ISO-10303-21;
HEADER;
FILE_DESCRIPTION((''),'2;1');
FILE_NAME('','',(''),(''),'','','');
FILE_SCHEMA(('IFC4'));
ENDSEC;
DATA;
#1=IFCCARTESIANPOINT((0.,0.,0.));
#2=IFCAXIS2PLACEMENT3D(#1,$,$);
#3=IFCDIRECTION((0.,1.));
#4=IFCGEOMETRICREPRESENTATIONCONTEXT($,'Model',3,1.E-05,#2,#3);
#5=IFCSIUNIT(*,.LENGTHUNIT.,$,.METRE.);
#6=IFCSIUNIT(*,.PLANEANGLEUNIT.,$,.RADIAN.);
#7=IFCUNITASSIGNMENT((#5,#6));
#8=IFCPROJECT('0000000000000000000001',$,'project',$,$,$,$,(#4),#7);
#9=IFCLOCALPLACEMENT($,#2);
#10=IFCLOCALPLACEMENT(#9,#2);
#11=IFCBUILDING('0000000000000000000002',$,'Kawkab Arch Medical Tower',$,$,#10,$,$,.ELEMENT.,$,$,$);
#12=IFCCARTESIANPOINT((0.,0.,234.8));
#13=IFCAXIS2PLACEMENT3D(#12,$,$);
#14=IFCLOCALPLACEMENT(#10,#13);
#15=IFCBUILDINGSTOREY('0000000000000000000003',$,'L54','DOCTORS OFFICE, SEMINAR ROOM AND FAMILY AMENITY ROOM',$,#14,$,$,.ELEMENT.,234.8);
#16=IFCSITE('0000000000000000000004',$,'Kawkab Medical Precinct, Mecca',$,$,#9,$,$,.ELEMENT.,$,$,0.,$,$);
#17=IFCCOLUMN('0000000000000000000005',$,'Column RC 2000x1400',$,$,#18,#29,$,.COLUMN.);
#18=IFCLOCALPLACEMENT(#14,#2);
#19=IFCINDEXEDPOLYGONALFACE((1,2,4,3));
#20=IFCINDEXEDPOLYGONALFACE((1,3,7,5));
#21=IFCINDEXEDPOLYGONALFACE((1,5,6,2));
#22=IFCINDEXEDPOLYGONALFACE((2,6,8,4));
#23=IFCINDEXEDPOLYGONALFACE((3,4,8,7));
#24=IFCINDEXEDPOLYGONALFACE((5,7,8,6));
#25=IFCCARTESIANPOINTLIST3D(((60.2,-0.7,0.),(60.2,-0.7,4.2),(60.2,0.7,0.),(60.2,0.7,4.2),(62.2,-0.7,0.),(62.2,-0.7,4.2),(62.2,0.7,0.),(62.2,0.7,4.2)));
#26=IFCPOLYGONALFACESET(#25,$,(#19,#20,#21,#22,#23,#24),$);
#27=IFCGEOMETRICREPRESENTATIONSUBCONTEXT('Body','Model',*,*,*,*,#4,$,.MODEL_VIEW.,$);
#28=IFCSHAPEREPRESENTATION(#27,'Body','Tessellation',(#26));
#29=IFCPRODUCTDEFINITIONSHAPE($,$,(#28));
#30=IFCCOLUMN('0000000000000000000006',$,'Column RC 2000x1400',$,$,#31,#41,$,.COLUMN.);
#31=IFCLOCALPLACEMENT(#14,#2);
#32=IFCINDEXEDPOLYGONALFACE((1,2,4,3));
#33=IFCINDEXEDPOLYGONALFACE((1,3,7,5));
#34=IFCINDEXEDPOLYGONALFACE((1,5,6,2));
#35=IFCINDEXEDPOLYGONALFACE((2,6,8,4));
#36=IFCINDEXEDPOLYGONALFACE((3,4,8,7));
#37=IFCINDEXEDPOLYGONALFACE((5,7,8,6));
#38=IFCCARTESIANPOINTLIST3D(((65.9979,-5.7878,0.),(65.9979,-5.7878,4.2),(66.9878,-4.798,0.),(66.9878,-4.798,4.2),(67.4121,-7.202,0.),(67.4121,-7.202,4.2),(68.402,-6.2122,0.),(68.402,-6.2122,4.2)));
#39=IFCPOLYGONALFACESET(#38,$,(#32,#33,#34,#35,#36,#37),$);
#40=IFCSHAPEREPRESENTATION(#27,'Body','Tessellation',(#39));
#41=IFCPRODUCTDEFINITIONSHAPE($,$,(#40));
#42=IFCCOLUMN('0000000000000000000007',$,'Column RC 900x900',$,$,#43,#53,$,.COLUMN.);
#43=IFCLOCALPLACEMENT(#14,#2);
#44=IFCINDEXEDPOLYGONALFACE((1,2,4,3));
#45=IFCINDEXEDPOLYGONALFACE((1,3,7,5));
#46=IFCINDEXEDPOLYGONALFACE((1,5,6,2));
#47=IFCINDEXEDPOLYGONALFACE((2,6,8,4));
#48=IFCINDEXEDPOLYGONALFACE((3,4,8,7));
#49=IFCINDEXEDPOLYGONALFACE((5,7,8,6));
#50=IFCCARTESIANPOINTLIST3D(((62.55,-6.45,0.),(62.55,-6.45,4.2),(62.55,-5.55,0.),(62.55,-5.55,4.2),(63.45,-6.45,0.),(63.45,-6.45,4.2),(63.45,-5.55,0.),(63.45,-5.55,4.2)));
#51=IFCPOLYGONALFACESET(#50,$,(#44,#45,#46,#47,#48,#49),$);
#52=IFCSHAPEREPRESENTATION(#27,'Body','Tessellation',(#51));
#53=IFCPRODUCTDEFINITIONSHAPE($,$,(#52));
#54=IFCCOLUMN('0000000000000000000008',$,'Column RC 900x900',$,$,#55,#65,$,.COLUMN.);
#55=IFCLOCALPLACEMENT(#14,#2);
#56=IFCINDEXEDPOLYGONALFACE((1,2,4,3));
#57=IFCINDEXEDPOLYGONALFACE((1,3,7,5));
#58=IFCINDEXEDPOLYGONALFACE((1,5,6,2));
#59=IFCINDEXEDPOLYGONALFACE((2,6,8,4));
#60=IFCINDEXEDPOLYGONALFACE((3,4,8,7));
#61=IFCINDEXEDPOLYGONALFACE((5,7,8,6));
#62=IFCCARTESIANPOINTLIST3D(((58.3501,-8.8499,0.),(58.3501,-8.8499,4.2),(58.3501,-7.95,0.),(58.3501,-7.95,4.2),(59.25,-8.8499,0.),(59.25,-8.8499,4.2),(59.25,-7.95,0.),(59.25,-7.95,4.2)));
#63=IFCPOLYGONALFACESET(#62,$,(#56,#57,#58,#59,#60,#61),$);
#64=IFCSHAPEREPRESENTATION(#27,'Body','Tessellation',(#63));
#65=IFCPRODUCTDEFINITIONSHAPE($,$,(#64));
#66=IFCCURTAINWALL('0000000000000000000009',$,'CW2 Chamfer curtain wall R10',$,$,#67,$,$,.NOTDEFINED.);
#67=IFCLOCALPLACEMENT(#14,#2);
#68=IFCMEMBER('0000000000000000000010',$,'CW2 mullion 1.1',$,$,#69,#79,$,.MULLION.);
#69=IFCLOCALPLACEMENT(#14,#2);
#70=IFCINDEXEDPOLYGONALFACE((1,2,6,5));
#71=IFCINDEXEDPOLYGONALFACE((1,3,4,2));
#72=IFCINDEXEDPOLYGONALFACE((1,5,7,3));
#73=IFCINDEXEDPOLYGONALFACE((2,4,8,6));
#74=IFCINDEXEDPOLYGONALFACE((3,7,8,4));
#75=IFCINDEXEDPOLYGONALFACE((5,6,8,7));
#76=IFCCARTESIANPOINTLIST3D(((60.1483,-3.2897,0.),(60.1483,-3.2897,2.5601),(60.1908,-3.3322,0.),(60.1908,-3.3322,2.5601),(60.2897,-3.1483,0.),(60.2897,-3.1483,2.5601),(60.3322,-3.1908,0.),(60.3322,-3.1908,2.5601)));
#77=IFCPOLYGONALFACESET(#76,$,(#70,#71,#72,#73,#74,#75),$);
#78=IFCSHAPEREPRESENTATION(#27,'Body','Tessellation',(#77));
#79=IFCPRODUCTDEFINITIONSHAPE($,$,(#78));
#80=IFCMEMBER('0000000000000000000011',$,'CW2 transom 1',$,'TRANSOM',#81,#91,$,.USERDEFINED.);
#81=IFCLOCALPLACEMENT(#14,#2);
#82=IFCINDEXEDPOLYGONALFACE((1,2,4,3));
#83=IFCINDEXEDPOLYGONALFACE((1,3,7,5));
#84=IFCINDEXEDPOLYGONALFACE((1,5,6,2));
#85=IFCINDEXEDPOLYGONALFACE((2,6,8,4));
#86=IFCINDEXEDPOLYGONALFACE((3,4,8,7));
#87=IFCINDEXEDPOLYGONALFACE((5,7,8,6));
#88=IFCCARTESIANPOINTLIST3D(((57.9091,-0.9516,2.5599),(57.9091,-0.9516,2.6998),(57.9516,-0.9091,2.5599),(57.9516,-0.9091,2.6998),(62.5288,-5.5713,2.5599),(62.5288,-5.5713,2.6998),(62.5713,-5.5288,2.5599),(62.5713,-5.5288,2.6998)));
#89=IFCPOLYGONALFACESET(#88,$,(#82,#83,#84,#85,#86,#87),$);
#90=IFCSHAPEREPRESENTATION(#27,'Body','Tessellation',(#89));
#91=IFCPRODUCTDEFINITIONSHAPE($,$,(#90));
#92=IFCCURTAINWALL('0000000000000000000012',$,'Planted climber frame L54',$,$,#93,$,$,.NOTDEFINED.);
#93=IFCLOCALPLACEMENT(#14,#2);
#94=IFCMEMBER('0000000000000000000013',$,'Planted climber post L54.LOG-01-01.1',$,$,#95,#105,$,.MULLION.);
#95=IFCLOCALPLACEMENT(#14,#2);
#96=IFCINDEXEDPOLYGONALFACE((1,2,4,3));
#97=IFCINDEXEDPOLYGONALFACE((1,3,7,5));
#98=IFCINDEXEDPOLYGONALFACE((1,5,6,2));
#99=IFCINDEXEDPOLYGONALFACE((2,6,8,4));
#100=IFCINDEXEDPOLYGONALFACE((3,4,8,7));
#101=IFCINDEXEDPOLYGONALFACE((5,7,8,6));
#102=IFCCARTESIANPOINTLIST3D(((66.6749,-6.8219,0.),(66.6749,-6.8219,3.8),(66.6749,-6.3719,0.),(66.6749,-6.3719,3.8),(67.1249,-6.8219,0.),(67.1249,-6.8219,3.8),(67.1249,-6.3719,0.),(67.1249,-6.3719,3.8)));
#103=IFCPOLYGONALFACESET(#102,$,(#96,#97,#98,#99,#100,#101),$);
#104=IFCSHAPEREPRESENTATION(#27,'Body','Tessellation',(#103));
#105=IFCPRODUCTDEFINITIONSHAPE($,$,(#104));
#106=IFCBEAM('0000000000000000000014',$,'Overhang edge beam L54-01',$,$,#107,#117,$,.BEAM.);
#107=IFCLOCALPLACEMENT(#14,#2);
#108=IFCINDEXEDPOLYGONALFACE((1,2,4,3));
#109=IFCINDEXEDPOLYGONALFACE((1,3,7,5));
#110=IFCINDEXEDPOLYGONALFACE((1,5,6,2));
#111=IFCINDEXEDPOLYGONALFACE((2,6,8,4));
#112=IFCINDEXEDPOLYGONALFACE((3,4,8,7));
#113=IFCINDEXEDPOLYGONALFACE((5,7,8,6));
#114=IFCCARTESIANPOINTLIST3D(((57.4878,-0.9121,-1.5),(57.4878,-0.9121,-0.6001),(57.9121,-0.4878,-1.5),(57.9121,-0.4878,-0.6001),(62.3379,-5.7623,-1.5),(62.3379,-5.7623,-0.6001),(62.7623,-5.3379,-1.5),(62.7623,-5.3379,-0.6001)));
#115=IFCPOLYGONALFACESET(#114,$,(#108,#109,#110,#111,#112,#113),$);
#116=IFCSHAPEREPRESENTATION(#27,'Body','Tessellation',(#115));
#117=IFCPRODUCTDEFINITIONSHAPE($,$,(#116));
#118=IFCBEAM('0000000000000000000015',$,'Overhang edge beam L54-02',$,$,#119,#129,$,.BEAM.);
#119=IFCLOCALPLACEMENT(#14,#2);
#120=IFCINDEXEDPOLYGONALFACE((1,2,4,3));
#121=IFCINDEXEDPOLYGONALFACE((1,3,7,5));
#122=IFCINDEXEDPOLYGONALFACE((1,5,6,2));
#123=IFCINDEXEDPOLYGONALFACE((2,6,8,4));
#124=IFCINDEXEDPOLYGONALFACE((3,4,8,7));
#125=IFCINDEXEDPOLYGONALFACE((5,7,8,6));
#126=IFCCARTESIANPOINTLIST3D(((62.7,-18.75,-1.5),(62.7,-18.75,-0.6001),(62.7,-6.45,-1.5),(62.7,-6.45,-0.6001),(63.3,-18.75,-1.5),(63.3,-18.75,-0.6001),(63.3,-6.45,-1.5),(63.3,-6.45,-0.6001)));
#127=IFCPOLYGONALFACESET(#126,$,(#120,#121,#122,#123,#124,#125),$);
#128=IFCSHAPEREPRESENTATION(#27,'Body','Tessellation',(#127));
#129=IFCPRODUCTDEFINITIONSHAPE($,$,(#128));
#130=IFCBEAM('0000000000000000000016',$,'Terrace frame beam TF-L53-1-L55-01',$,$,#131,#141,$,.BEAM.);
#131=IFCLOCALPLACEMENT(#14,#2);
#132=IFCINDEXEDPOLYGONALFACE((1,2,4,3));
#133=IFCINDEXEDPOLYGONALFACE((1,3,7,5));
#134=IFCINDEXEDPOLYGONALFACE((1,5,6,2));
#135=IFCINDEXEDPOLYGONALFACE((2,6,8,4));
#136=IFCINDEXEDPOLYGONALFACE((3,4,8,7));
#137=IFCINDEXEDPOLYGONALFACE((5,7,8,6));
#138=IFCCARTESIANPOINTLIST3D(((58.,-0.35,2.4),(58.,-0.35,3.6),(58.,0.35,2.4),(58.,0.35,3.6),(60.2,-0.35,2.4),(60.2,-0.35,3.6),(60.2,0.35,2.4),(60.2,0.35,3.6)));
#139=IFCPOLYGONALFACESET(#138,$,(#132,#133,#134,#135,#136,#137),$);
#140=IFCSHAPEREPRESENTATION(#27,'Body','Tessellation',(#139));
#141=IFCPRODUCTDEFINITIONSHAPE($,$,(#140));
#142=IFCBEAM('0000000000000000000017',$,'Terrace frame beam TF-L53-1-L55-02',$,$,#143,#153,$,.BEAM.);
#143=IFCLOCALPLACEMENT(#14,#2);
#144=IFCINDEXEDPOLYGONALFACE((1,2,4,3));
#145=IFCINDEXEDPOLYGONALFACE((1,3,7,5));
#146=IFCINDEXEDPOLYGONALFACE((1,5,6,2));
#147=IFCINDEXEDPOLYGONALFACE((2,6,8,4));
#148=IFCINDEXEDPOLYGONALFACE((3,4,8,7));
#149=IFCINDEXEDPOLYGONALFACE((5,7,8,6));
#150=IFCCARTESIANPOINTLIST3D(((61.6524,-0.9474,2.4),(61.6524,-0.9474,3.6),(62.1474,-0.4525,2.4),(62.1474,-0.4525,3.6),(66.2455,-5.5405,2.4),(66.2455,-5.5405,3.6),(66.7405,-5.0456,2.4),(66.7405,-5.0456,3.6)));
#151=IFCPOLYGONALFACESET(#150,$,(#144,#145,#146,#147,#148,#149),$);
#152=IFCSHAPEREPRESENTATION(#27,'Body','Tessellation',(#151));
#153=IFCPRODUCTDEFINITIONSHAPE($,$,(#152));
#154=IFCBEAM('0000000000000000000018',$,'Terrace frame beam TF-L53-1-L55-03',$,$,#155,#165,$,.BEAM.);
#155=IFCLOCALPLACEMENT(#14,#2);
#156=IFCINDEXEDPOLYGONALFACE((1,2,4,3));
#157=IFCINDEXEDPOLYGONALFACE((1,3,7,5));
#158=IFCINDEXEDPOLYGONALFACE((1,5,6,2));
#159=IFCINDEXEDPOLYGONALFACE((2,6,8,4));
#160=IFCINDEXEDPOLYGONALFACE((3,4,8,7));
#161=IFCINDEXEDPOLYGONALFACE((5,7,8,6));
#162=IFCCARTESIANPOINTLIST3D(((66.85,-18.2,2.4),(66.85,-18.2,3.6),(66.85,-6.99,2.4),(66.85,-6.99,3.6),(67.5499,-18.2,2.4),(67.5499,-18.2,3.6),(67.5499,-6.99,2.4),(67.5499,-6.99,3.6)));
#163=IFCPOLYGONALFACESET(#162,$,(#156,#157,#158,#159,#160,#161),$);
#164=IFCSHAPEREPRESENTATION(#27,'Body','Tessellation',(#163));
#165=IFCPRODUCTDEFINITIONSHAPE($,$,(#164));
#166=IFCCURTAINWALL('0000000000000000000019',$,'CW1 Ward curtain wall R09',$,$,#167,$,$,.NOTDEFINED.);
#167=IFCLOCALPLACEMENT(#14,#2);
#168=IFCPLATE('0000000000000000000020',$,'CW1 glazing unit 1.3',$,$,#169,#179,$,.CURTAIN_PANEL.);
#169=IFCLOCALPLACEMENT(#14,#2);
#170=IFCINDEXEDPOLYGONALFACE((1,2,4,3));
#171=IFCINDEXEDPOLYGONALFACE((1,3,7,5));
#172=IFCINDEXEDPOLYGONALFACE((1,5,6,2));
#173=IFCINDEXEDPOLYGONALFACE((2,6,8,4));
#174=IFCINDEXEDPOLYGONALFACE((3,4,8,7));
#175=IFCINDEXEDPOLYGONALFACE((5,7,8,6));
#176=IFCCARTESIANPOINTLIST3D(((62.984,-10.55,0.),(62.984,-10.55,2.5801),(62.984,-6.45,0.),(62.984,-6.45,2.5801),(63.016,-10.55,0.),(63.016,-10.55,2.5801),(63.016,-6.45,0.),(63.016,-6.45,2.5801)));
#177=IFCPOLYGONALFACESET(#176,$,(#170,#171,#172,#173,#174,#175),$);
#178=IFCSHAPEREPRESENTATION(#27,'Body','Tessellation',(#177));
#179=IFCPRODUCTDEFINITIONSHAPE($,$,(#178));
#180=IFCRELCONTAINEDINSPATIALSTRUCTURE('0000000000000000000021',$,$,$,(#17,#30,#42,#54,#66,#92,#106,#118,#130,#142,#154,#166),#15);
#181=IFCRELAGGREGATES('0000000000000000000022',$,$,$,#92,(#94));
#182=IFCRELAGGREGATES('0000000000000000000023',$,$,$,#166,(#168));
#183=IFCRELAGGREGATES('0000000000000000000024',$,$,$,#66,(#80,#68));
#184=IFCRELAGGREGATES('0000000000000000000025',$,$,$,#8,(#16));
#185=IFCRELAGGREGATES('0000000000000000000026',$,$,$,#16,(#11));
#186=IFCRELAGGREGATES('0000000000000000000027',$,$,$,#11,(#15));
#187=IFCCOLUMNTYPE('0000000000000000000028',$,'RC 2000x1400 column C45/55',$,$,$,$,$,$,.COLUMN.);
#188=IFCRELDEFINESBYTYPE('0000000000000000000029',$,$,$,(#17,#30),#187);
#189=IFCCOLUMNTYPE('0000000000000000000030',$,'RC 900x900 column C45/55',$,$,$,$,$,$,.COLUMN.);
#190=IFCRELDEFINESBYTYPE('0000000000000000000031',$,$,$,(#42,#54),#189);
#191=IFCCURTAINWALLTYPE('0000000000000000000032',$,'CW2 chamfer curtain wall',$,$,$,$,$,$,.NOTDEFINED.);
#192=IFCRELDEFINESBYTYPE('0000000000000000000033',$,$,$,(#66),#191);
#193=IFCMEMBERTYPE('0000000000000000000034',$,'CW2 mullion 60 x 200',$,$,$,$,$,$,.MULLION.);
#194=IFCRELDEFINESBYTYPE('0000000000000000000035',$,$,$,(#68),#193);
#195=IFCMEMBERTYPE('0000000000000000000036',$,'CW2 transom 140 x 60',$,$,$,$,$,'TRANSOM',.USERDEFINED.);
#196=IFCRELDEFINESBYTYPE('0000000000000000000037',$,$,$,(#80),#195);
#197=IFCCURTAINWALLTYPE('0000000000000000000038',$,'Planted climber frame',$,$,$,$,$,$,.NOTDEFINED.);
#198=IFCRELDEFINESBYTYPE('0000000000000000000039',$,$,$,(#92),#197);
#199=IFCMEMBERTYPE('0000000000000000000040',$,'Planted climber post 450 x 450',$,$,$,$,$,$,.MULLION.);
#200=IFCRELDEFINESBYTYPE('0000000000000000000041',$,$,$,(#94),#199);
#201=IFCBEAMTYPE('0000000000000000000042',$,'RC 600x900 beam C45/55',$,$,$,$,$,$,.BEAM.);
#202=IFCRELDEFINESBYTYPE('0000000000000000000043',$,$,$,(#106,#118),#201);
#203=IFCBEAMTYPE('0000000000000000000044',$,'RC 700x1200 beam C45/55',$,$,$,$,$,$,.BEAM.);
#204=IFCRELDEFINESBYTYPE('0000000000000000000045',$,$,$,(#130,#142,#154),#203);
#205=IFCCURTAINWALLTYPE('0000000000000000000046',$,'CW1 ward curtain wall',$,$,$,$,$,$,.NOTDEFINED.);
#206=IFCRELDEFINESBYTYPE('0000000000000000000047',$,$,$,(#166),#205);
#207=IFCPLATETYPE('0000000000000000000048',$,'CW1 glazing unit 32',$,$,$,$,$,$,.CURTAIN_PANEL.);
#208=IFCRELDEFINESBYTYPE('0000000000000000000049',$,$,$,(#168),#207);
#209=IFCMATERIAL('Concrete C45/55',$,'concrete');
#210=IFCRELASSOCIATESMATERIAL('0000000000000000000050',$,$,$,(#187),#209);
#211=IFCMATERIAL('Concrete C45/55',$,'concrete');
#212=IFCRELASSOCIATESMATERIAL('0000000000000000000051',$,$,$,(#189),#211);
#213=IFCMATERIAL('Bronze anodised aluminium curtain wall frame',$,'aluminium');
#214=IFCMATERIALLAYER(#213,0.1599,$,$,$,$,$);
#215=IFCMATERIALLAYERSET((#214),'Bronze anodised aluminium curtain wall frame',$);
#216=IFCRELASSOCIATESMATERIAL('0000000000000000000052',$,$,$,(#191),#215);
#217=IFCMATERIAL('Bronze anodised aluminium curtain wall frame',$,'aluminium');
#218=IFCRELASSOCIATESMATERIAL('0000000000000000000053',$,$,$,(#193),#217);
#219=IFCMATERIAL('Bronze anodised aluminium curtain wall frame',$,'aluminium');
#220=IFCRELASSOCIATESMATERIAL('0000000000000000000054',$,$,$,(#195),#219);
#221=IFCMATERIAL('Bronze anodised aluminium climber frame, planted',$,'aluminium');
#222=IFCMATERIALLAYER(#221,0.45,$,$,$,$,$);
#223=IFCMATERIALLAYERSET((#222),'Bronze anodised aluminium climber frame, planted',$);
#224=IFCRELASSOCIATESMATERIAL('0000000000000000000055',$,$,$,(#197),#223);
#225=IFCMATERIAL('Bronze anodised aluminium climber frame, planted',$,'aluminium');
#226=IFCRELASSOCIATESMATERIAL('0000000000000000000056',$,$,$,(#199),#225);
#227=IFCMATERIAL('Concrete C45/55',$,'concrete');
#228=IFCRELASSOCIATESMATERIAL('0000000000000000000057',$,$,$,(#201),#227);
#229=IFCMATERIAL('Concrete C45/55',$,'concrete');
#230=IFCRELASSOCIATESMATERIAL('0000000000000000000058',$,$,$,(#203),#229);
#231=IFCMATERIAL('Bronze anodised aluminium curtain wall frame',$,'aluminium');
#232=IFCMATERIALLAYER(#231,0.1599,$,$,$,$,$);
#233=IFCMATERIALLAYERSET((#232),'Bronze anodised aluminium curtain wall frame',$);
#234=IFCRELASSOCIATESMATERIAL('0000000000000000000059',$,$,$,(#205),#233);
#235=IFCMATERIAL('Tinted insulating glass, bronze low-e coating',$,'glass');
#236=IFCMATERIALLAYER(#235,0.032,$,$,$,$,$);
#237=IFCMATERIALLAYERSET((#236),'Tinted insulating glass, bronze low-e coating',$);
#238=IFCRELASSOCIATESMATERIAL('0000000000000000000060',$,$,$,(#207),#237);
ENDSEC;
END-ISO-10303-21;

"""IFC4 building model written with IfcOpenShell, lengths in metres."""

from ifc_helpers import new_model, si_unit, direction, frame, origin, origin_2d, place, context, subcontext, project, spatial, rectangle, extrude, material, layer, layer_set, material_profile, profile_set, type_object, element, aggregate, save


model = new_model("IFC4")

# Units and contexts
model_context = context("Model", 3, precision=1e-05, world=origin(), true_north=direction((0.0, 1.0)))
body_context = subcontext(model_context, "Body", "Model", "MODEL_VIEW")
ifc_project = project(units=[si_unit("LENGTHUNIT", "METRE"), si_unit("PLANEANGLEUNIT", "RADIAN")], contexts=[model_context])

# Site, building, storey
site_placement = place(None, origin())
site = spatial("IfcSite", under=ifc_project, at=site_placement, Name="Kawkab Medical Precinct, Mecca", CompositionType="ELEMENT", RefElevation=0.0)
building_placement = place(site_placement, origin())
building = spatial("IfcBuilding", under=site, at=building_placement, Name="Kawkab Arch Medical Tower", CompositionType="ELEMENT")
storey_placement = place(building_placement, frame((0.0, 0.0, 234.8)))
storey = spatial("IfcBuildingStorey", under=building, at=storey_placement, Name="L54", Description="DOCTORS OFFICE, SEMINAR ROOM AND FAMILY AMENITY ROOM", CompositionType="ELEMENT", Elevation=234.8)

# Columns
ifc_material_1 = material(Name="Concrete C45/55", Category="concrete")
ifc_material_profile_1 = material_profile(ifc_material_1, rectangle(XDim=2.0, YDim=1.3999, at=origin_2d()), Name="RC 2000x1400")
ifc_profile_set_1 = profile_set([ifc_material_profile_1], Name="Concrete C45/55")
column_type_1 = type_object("IfcColumnType", Name="RC 2000x1400 column C45/55", PredefinedType="COLUMN", material=ifc_profile_set_1)
for number, where, z_axis, x_axis, name in (
    (1, (61.2, 0.0, 0.0), (0.0, 0.0, 1.0), (1.0, 0.0, 0.0), "Column RC 2000x1400"),
    (2, (67.2, -6.0, 0.0), (0.0, 0.0, 1.0), (0.707107, -0.707107, 0.0), "Column RC 2000x1400"),
):
    element("IfcColumn", number, at=place(storey_placement, frame(where, z_axis=z_axis, x_axis=x_axis)), inside=storey, type_object=column_type_1, Name=name, PredefinedType="COLUMN", context=body_context, shape_type="SweptSolid", body=[
        extrude(rectangle(XDim=2.0, YDim=1.3999, at=origin_2d()), origin(), (0.0, 0.0, 1.0), 4.2),
    ])
ifc_material_2 = material(Name="Concrete C45/55", Category="concrete")
ifc_material_profile_2 = material_profile(ifc_material_2, rectangle(XDim=0.8999, YDim=0.8999, at=origin_2d()), Name="RC 900x900")
ifc_profile_set_2 = profile_set([ifc_material_profile_2], Name="Concrete C45/55")
column_type_2 = type_object("IfcColumnType", Name="RC 900x900 column C45/55", PredefinedType="COLUMN", material=ifc_profile_set_2)
for number, where, z_axis, x_axis, name in (
    (3, (63.0, -6.0, 0.0), (0.0, 0.0, 1.0), (1.0, 0.0, 0.0), "Column RC 900x900"),
    (4, (58.8, -8.3999, 0.0), (0.0, 0.0, 1.0), (1.0, 0.0, 0.0), "Column RC 900x900"),
):
    element("IfcColumn", number, at=place(storey_placement, frame(where, z_axis=z_axis, x_axis=x_axis)), inside=storey, type_object=column_type_2, Name=name, PredefinedType="COLUMN", context=body_context, shape_type="SweptSolid", body=[
        extrude(rectangle(XDim=0.8999, YDim=0.8999, at=origin_2d()), origin(), (0.0, 0.0, 1.0), 4.2),
    ])

# Curtain wall, members
ifc_material_3 = material(Name="Bronze anodised aluminium curtain wall frame", Category="aluminium")
ifc_layer_1 = layer(ifc_material_3, 0.1599)
ifc_layer_set_1 = layer_set([ifc_layer_1], Name="Bronze anodised aluminium curtain wall frame")
curtain_wall_type_1 = type_object("IfcCurtainWallType", Name="CW2 chamfer curtain wall", PredefinedType="NOTDEFINED", material=ifc_layer_set_1)
placement = place(storey_placement, origin())
curtain_wall_1 = element("IfcCurtainWall", 5, at=placement, inside=storey, type_object=curtain_wall_type_1, Name="CW2 Chamfer curtain wall R10", PredefinedType="NOTDEFINED")
ifc_material_4 = material(Name="Bronze anodised aluminium curtain wall frame", Category="aluminium")
ifc_material_profile_3 = material_profile(ifc_material_4, rectangle(XDim=0.2, YDim=0.0601, at=origin_2d()), Name="AL 60x200")
ifc_profile_set_3 = profile_set([ifc_material_profile_3], Name="Bronze anodised aluminium curtain wall frame")
member_type_1 = type_object("IfcMemberType", Name="CW2 mullion 60 x 200", PredefinedType="MULLION", material=ifc_profile_set_3)
member_1_placement = place(storey_placement, frame((60.2402, -3.2402, 0.0), z_axis=(0.0, 0.0, 1.0), x_axis=(-0.707107, -0.707107, 0.0)))
member_1 = element("IfcMember", 6, at=member_1_placement, type_object=member_type_1, Name="CW2 mullion 1.1", PredefinedType="MULLION", context=body_context, shape_type="SweptSolid", body=[
    extrude(rectangle(XDim=0.2, YDim=0.0601, at=origin_2d()), origin(), (0.0, 0.0, 1.0), 2.5601),
])
ifc_material_5 = material(Name="Bronze anodised aluminium curtain wall frame", Category="aluminium")
ifc_material_profile_4 = material_profile(ifc_material_5, rectangle(XDim=0.0601, YDim=0.1399, at=origin_2d()), Name="AL 60x140")
ifc_profile_set_4 = profile_set([ifc_material_profile_4], Name="Bronze anodised aluminium curtain wall frame")
member_type_2 = type_object("IfcMemberType", Name="CW2 transom 140 x 60", ElementType="TRANSOM", PredefinedType="USERDEFINED", material=ifc_profile_set_4)
member_2_placement = place(storey_placement, frame((62.55, -5.55, 2.6299), z_axis=(-0.707107, 0.707107, 0.0), x_axis=(-0.707107, -0.707107, 0.0)))
member_2 = element("IfcMember", 7, at=member_2_placement, type_object=member_type_2, Name="CW2 transom 1", ObjectType="TRANSOM", PredefinedType="USERDEFINED", context=body_context, shape_type="SweptSolid", body=[
    extrude(rectangle(XDim=0.0601, YDim=0.1399, at=origin_2d()), origin(), (0.0, 0.0, 1.0), 6.5332),
])

# Curtain wall, member
ifc_material_6 = material(Name="Bronze anodised aluminium climber frame, planted", Category="aluminium")
ifc_layer_2 = layer(ifc_material_6, 0.45)
ifc_layer_set_2 = layer_set([ifc_layer_2], Name="Bronze anodised aluminium climber frame, planted")
curtain_wall_type_2 = type_object("IfcCurtainWallType", Name="Planted climber frame", PredefinedType="NOTDEFINED", material=ifc_layer_set_2)
curtain_wall_2 = element("IfcCurtainWall", 8, at=placement, inside=storey, type_object=curtain_wall_type_2, Name="Planted climber frame L54", PredefinedType="NOTDEFINED")
ifc_material_7 = material(Name="Bronze anodised aluminium climber frame, planted", Category="aluminium")
ifc_material_profile_5 = material_profile(ifc_material_7, rectangle(XDim=0.45, YDim=0.45, at=origin_2d()), Name="Post 450x450")
ifc_profile_set_5 = profile_set([ifc_material_profile_5], Name="Bronze anodised aluminium climber frame, planted")
member_type_3 = type_object("IfcMemberType", Name="Planted climber post 450 x 450", PredefinedType="MULLION", material=ifc_profile_set_5)
member_3_placement = place(storey_placement, frame((66.8999, -6.5969, 0.0), z_axis=(0.0, 0.0, 1.0), x_axis=(1.0, 0.0, 0.0)))
member_3 = element("IfcMember", 9, at=member_3_placement, type_object=member_type_3, Name="Planted climber post L54.LOG-01-01.1", PredefinedType="MULLION", context=body_context, shape_type="SweptSolid", body=[
    extrude(rectangle(XDim=0.45, YDim=0.45, at=origin_2d()), origin(), (0.0, 0.0, 1.0), 3.8),
])
aggregate(curtain_wall_2, [member_3])

# Beams
ifc_material_8 = material(Name="Concrete C45/55", Category="concrete")
ifc_material_profile_6 = material_profile(ifc_material_8, rectangle(XDim=0.6001, YDim=0.8999, at=origin_2d()), Name="RC 600x900")
ifc_profile_set_6 = profile_set([ifc_material_profile_6], Name="Concrete C45/55")
beam_type_1 = type_object("IfcBeamType", Name="RC 600x900 beam C45/55", PredefinedType="BEAM", material=ifc_profile_set_6)
beam_1_placement = place(storey_placement, frame((57.7, -0.7, -1.05), z_axis=(0.707107, -0.707107, 0.0), x_axis=(0.707107, 0.707107, 0.0)))
element("IfcBeam", 10, at=beam_1_placement, inside=storey, type_object=beam_type_1, Name="Overhang edge beam L54-01", PredefinedType="BEAM", context=body_context, shape_type="SweptSolid", body=[
    extrude(rectangle(XDim=0.6001, YDim=0.8999, at=origin_2d()), origin(), (0.0, 0.0, 1.0), 6.8591),
])
beam_2_placement = place(storey_placement, frame((63.0, -6.45, -1.05), z_axis=(0.0, -1.0, 0.0), x_axis=(1.0, 0.0, 0.0)))
element("IfcBeam", 11, at=beam_2_placement, inside=storey, type_object=beam_type_1, Name="Overhang edge beam L54-02", PredefinedType="BEAM", context=body_context, shape_type="SweptSolid", body=[
    extrude(rectangle(XDim=0.6001, YDim=0.8999, at=origin_2d()), origin(), (0.0, 0.0, 1.0), 12.3),
])
ifc_material_9 = material(Name="Concrete C45/55", Category="concrete")
ifc_material_profile_7 = material_profile(ifc_material_9, rectangle(XDim=0.7, YDim=1.2, at=origin_2d()), Name="RC 700x1200")
ifc_profile_set_7 = profile_set([ifc_material_profile_7], Name="Concrete C45/55")
beam_type_2 = type_object("IfcBeamType", Name="RC 700x1200 beam C45/55", PredefinedType="BEAM", material=ifc_profile_set_7)
beam_3_placement = place(storey_placement, frame((58.0, 0.0, 3.0), z_axis=(1.0, 0.0, 0.0), x_axis=(0.0, 1.0, 0.0)))
element("IfcBeam", 12, at=beam_3_placement, inside=storey, type_object=beam_type_2, Name="Terrace frame beam TF-L53-1-L55-01", PredefinedType="BEAM", context=body_context, shape_type="SweptSolid", body=[
    extrude(rectangle(XDim=0.7, YDim=1.2, at=origin_2d()), origin(), (0.0, 0.0, 1.0), 2.2),
])
beam_4_placement = place(storey_placement, frame((61.8999, -0.7, 3.0), z_axis=(0.707107, -0.707107, 0.0), x_axis=(0.707107, 0.707107, 0.0)))
element("IfcBeam", 13, at=beam_4_placement, inside=storey, type_object=beam_type_2, Name="Terrace frame beam TF-L53-1-L55-02", PredefinedType="BEAM", context=body_context, shape_type="SweptSolid", body=[
    extrude(rectangle(XDim=0.7, YDim=1.2, at=origin_2d()), origin(), (0.0, 0.0, 1.0), 6.4956),
])
beam_5_placement = place(storey_placement, frame((67.2, -6.99, 3.0), z_axis=(0.0, -1.0, 0.0), x_axis=(1.0, 0.0, 0.0)))
element("IfcBeam", 14, at=beam_5_placement, inside=storey, type_object=beam_type_2, Name="Terrace frame beam TF-L53-1-L55-03", PredefinedType="BEAM", context=body_context, shape_type="SweptSolid", body=[
    extrude(rectangle(XDim=0.7, YDim=1.2, at=origin_2d()), origin(), (0.0, 0.0, 1.0), 11.21),
])

# Curtain wall, plate
ifc_material_10 = material(Name="Bronze anodised aluminium curtain wall frame", Category="aluminium")
ifc_layer_3 = layer(ifc_material_10, 0.1599)
ifc_layer_set_3 = layer_set([ifc_layer_3], Name="Bronze anodised aluminium curtain wall frame")
curtain_wall_type_3 = type_object("IfcCurtainWallType", Name="CW1 ward curtain wall", PredefinedType="NOTDEFINED", material=ifc_layer_set_3)
curtain_wall_3 = element("IfcCurtainWall", 15, at=placement, inside=storey, type_object=curtain_wall_type_3, Name="CW1 Ward curtain wall R09", PredefinedType="NOTDEFINED")
ifc_material_11 = material(Name="Tinted insulating glass, bronze low-e coating", Category="glass")
ifc_layer_4 = layer(ifc_material_11, 0.032)
ifc_layer_set_4 = layer_set([ifc_layer_4], Name="Tinted insulating glass, bronze low-e coating")
plate_type_1 = type_object("IfcPlateType", Name="CW1 glazing unit 32", PredefinedType="CURTAIN_PANEL", material=ifc_layer_set_4)
plate_1_placement = place(storey_placement, frame((63.0, -8.5, 0.0), z_axis=(0.0, 0.0, 1.0), x_axis=(0.0, 1.0, 0.0)))
plate_1 = element("IfcPlate", 16, at=plate_1_placement, type_object=plate_type_1, Name="CW1 glazing unit 1.3", PredefinedType="CURTAIN_PANEL", context=body_context, shape_type="SweptSolid", body=[
    extrude(rectangle(XDim=4.1001, YDim=0.032, at=origin_2d()), origin(), (0.0, 0.0, 1.0), 2.5801),
])
aggregate(curtain_wall_3, [plate_1])

aggregate(curtain_wall_1, [member_2, member_1])

save(model, "model.ifc")
